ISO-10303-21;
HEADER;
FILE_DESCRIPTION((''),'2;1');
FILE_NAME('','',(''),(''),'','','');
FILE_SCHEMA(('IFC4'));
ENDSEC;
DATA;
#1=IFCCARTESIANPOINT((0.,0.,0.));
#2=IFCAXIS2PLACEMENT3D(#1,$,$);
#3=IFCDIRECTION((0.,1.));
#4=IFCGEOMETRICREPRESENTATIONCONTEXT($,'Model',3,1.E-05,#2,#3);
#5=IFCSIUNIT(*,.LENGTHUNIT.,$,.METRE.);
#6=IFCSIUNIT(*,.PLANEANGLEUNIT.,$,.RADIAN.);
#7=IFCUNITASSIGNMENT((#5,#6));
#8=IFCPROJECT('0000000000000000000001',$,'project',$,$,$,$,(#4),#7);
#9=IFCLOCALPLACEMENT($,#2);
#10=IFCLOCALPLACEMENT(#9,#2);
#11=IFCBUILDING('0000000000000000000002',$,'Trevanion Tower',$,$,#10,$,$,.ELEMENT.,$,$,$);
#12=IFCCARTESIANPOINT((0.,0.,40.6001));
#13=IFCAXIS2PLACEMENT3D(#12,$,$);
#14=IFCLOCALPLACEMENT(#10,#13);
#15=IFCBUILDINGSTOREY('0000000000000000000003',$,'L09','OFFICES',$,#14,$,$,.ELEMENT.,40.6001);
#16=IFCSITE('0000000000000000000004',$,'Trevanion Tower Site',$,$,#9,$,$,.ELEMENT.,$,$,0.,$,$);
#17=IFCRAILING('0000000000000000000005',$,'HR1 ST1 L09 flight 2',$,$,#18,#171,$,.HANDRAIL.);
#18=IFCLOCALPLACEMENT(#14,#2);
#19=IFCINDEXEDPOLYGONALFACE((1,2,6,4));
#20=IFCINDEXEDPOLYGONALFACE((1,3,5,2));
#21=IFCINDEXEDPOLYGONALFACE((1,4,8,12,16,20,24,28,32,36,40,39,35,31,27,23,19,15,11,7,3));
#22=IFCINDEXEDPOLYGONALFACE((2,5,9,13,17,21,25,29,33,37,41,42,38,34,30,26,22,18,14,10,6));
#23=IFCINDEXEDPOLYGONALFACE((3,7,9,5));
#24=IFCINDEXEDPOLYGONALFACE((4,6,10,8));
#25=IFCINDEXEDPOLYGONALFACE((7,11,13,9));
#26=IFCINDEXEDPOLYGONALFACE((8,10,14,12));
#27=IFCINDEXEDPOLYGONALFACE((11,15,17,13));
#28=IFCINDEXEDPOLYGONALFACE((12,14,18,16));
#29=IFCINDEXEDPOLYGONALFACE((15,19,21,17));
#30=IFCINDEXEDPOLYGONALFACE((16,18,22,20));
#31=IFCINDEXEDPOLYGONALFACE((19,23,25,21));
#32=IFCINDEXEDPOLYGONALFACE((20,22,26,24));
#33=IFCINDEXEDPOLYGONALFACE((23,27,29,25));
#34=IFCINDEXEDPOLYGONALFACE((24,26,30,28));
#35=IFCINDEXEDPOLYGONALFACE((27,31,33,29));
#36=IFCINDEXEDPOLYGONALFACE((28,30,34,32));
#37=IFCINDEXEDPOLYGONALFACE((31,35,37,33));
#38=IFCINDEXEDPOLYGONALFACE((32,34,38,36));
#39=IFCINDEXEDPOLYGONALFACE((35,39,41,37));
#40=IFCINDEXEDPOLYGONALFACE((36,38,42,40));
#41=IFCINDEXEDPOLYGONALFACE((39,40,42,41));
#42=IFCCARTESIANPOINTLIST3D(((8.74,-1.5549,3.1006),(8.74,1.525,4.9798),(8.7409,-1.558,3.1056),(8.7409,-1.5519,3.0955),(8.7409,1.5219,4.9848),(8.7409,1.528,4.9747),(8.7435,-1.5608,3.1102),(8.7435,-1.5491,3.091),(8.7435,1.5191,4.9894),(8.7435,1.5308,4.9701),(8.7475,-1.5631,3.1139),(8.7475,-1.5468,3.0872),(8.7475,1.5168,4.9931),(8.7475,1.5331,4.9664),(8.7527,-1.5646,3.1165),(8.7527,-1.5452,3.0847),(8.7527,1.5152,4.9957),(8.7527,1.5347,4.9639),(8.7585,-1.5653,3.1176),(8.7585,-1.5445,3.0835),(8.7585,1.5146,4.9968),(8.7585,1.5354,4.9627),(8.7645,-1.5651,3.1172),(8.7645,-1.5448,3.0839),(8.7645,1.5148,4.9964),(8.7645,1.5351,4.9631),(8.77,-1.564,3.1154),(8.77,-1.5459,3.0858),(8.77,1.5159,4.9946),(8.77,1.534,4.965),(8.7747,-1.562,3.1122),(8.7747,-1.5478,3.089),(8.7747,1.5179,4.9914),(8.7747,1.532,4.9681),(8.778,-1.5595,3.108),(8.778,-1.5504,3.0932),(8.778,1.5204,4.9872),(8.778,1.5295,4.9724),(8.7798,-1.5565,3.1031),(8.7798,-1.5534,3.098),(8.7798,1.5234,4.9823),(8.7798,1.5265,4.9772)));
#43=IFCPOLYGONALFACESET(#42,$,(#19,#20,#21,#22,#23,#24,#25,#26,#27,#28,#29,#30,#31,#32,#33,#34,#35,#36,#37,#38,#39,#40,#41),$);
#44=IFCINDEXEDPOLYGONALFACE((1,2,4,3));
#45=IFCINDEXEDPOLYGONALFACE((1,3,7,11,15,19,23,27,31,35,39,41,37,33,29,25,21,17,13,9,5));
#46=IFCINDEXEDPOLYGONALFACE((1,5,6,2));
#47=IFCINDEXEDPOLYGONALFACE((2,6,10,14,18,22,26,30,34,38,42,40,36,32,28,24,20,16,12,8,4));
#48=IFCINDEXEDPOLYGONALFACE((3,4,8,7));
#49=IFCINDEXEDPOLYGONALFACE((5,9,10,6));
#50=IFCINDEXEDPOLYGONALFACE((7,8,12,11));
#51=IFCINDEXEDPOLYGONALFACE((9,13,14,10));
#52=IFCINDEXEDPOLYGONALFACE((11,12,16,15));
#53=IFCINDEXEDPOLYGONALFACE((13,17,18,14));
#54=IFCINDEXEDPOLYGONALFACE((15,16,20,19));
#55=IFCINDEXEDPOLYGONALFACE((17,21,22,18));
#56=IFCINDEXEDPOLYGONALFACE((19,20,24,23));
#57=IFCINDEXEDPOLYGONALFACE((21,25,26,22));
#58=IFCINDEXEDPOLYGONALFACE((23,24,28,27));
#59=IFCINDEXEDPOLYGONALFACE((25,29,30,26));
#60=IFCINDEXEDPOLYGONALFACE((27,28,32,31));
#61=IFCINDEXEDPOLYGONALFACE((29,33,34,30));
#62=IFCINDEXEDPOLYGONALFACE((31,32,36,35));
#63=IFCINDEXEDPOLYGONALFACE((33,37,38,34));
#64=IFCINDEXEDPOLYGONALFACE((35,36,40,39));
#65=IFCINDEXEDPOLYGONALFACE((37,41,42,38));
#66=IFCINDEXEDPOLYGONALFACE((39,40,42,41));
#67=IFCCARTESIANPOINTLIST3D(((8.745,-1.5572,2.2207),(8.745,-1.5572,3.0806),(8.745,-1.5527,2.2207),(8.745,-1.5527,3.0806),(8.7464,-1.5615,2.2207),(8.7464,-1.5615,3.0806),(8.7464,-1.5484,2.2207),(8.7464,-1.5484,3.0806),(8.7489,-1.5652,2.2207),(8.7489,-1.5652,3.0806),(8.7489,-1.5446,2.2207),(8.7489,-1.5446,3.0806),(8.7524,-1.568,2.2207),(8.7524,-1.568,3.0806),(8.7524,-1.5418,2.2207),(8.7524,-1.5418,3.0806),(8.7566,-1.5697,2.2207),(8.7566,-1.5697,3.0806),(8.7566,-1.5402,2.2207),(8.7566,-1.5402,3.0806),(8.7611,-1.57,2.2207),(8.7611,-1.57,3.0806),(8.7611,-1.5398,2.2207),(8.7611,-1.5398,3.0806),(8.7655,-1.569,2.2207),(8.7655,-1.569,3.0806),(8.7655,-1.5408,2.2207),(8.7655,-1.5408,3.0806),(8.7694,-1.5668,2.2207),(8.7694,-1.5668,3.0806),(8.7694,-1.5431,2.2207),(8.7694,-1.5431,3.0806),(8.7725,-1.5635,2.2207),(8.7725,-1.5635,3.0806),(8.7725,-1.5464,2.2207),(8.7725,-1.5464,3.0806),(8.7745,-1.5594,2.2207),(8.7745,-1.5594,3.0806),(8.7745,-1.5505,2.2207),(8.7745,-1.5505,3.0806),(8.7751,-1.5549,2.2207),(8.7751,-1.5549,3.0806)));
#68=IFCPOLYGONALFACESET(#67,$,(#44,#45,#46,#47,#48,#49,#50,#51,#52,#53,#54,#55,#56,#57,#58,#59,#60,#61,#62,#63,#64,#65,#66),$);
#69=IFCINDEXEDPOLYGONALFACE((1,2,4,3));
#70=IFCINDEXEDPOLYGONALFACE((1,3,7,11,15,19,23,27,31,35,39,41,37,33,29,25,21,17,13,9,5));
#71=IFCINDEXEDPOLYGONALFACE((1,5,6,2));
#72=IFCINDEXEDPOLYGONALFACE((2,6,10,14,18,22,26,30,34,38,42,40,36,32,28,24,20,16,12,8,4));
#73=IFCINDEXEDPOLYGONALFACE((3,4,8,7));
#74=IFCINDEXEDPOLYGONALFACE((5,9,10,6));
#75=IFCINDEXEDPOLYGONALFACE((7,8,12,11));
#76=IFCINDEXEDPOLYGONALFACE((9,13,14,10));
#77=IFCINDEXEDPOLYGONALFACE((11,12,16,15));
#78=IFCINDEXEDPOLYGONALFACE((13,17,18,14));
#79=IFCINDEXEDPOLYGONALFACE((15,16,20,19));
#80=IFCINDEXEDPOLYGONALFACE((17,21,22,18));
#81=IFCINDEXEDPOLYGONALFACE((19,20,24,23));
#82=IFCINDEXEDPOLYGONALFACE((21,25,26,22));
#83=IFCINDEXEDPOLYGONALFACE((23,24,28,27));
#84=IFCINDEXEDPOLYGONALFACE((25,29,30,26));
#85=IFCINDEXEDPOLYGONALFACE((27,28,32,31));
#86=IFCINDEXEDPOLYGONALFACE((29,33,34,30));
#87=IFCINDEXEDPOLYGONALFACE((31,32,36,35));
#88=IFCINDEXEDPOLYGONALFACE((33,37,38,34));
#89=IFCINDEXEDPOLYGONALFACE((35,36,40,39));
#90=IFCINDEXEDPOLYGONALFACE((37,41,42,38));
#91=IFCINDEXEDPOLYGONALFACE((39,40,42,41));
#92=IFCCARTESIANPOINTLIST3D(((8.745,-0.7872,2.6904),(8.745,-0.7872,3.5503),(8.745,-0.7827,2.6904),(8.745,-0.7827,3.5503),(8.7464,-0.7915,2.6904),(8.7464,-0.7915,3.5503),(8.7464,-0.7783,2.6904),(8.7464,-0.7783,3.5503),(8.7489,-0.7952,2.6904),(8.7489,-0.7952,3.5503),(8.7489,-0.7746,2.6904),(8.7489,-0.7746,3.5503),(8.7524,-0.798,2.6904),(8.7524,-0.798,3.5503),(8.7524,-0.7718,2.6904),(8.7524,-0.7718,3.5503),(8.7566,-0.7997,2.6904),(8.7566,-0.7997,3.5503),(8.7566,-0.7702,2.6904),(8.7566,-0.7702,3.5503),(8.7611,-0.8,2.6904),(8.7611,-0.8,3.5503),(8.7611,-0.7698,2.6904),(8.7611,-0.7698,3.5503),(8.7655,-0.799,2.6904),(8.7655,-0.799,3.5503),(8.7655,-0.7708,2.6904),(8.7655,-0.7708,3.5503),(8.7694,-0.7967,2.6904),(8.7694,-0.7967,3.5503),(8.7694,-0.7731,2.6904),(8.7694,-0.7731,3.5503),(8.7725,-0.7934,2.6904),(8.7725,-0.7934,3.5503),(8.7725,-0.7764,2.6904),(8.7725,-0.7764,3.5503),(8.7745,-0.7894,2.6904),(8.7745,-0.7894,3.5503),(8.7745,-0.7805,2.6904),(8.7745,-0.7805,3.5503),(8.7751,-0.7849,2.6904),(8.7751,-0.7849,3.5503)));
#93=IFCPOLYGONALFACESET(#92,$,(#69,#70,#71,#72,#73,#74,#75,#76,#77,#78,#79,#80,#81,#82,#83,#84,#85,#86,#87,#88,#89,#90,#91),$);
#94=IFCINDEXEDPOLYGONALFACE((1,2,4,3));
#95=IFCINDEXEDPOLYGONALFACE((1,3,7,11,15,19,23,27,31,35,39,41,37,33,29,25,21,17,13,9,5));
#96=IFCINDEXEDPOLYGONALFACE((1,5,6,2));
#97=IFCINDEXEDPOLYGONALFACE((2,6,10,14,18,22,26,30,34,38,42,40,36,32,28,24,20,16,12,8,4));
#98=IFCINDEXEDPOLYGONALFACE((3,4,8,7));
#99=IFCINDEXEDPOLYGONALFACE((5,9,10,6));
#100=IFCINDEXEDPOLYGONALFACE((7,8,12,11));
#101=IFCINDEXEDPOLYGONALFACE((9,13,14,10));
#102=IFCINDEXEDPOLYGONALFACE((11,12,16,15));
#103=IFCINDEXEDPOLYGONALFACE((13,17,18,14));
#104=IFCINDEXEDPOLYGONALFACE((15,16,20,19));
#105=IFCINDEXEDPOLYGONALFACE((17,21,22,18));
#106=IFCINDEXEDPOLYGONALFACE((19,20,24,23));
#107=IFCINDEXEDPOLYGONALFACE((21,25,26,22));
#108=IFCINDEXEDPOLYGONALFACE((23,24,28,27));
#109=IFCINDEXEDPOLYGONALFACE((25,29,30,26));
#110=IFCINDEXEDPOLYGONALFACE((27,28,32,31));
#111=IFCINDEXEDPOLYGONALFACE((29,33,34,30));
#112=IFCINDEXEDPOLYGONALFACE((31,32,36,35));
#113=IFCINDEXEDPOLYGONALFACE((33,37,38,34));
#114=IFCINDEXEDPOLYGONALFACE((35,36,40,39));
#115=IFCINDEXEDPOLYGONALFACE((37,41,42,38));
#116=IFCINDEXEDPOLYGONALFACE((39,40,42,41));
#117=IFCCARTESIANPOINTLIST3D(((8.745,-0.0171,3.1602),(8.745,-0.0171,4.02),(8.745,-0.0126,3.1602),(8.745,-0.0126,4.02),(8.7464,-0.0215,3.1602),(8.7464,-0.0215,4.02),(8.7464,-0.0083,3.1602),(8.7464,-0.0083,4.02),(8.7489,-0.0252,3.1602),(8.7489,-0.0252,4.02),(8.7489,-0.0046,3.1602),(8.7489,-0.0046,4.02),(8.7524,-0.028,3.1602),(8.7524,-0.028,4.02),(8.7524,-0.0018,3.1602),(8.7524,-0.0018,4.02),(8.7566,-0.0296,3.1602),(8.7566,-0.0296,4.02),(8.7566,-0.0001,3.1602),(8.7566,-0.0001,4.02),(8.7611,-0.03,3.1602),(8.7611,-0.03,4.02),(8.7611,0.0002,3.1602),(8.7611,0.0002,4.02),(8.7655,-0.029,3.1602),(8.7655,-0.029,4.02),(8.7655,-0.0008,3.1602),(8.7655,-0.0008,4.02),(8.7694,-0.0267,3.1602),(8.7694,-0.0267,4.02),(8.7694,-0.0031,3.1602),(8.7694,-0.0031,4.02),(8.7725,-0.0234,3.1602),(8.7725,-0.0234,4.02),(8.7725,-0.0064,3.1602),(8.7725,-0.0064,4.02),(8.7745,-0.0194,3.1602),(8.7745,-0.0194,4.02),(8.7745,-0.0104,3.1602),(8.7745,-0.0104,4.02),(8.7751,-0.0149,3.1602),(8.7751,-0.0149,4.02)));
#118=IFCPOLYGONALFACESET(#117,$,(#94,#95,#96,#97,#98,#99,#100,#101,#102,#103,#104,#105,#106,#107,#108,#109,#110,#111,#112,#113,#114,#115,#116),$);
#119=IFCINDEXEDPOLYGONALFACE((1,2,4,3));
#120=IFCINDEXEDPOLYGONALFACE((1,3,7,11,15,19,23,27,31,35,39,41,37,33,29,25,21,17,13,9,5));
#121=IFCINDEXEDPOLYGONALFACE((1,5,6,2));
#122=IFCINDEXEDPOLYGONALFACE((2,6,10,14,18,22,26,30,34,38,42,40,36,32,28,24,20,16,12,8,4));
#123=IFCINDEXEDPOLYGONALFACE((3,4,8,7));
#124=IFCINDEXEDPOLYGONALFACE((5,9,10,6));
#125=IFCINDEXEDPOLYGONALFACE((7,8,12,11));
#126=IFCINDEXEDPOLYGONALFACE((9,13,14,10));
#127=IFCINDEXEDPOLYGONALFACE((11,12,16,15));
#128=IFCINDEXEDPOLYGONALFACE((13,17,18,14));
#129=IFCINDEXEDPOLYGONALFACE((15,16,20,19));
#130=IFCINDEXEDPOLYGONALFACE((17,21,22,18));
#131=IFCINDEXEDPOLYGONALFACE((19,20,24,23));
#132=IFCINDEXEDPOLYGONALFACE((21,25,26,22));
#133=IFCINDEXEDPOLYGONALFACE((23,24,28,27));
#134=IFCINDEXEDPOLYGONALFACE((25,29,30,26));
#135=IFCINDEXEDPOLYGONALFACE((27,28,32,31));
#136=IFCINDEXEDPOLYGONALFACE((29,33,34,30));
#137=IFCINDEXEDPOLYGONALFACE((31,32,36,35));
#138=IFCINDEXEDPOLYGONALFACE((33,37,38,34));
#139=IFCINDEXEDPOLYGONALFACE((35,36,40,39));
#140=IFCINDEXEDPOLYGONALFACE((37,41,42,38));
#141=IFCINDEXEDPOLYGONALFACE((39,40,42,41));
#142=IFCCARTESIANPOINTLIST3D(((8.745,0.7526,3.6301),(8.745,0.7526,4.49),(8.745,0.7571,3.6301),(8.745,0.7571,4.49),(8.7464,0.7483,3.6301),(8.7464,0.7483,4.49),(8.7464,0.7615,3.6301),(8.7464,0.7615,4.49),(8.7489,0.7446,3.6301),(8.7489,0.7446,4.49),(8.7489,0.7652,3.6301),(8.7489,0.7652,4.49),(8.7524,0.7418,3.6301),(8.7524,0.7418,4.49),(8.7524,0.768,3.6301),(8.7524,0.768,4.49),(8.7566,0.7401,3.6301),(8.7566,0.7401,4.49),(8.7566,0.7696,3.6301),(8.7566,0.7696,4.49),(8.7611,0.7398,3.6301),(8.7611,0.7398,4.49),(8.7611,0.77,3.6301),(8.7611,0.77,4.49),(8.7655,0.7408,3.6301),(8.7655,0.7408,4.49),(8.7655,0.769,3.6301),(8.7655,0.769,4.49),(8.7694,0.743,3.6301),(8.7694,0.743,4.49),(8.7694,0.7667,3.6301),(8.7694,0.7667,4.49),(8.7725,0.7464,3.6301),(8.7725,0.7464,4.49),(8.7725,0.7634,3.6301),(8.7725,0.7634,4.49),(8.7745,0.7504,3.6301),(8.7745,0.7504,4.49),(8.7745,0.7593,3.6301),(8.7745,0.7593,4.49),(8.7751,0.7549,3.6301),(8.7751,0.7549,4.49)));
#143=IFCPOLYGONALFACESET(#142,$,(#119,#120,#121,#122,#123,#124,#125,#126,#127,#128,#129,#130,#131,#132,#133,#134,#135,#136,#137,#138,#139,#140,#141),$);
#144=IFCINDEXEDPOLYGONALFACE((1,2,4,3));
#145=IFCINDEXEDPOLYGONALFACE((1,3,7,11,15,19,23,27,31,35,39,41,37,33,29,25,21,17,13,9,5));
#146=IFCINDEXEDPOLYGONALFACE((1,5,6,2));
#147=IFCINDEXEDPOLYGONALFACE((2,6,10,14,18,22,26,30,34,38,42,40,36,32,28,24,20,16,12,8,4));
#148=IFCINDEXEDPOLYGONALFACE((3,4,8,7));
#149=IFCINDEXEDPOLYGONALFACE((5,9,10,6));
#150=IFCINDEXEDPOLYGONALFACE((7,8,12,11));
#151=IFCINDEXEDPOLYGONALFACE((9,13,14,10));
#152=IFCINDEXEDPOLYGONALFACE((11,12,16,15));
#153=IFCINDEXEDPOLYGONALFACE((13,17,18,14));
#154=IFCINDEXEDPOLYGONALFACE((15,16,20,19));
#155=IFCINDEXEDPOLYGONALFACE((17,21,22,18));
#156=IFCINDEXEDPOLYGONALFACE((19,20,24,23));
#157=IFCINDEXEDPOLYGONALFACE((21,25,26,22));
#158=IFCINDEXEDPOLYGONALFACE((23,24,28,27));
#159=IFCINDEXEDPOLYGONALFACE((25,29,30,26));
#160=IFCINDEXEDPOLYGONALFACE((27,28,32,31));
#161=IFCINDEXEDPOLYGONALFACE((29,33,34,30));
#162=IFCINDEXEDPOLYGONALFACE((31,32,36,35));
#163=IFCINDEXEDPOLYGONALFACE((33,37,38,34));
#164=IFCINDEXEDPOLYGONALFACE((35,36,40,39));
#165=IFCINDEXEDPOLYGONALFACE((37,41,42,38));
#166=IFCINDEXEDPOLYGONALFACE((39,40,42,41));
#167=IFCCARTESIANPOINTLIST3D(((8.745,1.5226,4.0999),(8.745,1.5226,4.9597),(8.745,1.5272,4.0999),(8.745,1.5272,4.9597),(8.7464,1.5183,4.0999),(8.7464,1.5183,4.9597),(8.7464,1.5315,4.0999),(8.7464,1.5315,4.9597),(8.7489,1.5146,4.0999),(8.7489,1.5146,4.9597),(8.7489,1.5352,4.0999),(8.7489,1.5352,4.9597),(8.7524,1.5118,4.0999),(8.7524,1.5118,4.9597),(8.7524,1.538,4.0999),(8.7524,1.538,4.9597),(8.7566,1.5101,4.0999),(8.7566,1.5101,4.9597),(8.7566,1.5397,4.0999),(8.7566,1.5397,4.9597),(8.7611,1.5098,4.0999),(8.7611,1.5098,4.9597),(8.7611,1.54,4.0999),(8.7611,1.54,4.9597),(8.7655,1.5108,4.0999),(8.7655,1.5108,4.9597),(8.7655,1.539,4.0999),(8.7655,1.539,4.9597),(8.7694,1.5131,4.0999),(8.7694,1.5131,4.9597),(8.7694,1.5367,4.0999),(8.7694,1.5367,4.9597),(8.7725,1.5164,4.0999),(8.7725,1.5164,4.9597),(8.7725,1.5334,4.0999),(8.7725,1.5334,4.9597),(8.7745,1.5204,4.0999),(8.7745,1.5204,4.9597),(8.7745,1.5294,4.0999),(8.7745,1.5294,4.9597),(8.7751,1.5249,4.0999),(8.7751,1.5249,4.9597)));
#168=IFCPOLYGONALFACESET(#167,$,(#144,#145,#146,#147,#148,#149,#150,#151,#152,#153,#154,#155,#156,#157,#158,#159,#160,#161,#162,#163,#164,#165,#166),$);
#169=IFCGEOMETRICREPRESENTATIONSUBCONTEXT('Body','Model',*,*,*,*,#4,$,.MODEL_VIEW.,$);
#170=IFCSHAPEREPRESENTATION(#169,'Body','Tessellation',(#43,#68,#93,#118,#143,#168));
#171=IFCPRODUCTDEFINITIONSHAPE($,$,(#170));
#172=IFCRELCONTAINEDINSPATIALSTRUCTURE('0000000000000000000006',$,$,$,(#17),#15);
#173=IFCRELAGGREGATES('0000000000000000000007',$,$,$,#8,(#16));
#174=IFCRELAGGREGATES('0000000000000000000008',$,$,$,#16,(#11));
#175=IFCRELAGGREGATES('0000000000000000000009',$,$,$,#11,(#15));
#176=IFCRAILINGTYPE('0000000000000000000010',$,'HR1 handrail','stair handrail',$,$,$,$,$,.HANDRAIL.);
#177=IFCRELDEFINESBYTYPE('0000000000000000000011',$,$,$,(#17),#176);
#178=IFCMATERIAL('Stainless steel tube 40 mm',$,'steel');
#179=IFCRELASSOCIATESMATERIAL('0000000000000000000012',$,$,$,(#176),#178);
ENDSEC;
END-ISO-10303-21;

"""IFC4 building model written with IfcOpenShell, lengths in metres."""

from ifc_helpers import new_model, si_unit, direction, frame, origin, origin_2d, place, context, subcontext, project, spatial, circle, extrude, material, type_object, element, save


model = new_model("IFC4")

# Units and contexts
model_context = context("Model", 3, precision=1e-05, world=origin(), true_north=direction((0.0, 1.0)))
body_context = subcontext(model_context, "Body", "Model", "MODEL_VIEW")
ifc_project = project(units=[si_unit("LENGTHUNIT", "METRE"), si_unit("PLANEANGLEUNIT", "RADIAN")], contexts=[model_context])

# Site, building, storey
site_placement = place(None, origin())
site = spatial("IfcSite", under=ifc_project, at=site_placement, Name="Trevanion Tower Site", CompositionType="ELEMENT", RefElevation=0.0)
building_placement = place(site_placement, origin())
building = spatial("IfcBuilding", under=site, at=building_placement, Name="Trevanion Tower", CompositionType="ELEMENT")
storey_placement = place(building_placement, frame((0.0, 0.0, 40.6001)))
storey = spatial("IfcBuildingStorey", under=building, at=storey_placement, Name="L09", Description="OFFICES", CompositionType="ELEMENT", Elevation=40.6001)

# Railing
ifc_material_1 = material(Name="Stainless steel tube 40 mm", Category="steel")
railing_type = type_object("IfcRailingType", Name="HR1 handrail", Description="stair handrail", PredefinedType="HANDRAIL", material=ifc_material_1)
for number, where, name in (
    (1, (8.76, -1.5549, 2.2207), "HR1 ST1 L09 flight 2"),
):
    element("IfcRailing", number, at=place(storey_placement, frame(where)), inside=storey, type_object=railing_type, Name=name, PredefinedType="HANDRAIL", context=body_context, shape_type="SweptSolid", body=[
        extrude(circle(Radius=0.02, at=origin_2d()), frame((0.0, 0.0, 0.8799), z_axis=(0.0, 0.853648, 0.52085), x_axis=(-1.0, 0.0, 0.0)), (0.0, 0.0, 1.0), 3.6079),
        extrude(circle(Radius=0.0151, at=origin_2d()), origin(), (0.0, 0.0, 1.0), 0.8599),
        extrude(circle(Radius=0.0151, at=origin_2d()), frame((0.0, 0.77, 0.4697)), (0.0, 0.0, 1.0), 0.8599),
        extrude(circle(Radius=0.0151, at=origin_2d()), frame((0.0, 1.54, 0.9395)), (0.0, 0.0, 1.0), 0.8599),
        extrude(circle(Radius=0.0151, at=origin_2d()), frame((0.0, 2.3098, 1.4094)), (0.0, 0.0, 1.0), 0.8599),
        extrude(circle(Radius=0.0151, at=origin_2d()), frame((0.0, 3.0798, 1.8792)), (0.0, 0.0, 1.0), 0.8599),
    ])

save(model, "model.ifc")
